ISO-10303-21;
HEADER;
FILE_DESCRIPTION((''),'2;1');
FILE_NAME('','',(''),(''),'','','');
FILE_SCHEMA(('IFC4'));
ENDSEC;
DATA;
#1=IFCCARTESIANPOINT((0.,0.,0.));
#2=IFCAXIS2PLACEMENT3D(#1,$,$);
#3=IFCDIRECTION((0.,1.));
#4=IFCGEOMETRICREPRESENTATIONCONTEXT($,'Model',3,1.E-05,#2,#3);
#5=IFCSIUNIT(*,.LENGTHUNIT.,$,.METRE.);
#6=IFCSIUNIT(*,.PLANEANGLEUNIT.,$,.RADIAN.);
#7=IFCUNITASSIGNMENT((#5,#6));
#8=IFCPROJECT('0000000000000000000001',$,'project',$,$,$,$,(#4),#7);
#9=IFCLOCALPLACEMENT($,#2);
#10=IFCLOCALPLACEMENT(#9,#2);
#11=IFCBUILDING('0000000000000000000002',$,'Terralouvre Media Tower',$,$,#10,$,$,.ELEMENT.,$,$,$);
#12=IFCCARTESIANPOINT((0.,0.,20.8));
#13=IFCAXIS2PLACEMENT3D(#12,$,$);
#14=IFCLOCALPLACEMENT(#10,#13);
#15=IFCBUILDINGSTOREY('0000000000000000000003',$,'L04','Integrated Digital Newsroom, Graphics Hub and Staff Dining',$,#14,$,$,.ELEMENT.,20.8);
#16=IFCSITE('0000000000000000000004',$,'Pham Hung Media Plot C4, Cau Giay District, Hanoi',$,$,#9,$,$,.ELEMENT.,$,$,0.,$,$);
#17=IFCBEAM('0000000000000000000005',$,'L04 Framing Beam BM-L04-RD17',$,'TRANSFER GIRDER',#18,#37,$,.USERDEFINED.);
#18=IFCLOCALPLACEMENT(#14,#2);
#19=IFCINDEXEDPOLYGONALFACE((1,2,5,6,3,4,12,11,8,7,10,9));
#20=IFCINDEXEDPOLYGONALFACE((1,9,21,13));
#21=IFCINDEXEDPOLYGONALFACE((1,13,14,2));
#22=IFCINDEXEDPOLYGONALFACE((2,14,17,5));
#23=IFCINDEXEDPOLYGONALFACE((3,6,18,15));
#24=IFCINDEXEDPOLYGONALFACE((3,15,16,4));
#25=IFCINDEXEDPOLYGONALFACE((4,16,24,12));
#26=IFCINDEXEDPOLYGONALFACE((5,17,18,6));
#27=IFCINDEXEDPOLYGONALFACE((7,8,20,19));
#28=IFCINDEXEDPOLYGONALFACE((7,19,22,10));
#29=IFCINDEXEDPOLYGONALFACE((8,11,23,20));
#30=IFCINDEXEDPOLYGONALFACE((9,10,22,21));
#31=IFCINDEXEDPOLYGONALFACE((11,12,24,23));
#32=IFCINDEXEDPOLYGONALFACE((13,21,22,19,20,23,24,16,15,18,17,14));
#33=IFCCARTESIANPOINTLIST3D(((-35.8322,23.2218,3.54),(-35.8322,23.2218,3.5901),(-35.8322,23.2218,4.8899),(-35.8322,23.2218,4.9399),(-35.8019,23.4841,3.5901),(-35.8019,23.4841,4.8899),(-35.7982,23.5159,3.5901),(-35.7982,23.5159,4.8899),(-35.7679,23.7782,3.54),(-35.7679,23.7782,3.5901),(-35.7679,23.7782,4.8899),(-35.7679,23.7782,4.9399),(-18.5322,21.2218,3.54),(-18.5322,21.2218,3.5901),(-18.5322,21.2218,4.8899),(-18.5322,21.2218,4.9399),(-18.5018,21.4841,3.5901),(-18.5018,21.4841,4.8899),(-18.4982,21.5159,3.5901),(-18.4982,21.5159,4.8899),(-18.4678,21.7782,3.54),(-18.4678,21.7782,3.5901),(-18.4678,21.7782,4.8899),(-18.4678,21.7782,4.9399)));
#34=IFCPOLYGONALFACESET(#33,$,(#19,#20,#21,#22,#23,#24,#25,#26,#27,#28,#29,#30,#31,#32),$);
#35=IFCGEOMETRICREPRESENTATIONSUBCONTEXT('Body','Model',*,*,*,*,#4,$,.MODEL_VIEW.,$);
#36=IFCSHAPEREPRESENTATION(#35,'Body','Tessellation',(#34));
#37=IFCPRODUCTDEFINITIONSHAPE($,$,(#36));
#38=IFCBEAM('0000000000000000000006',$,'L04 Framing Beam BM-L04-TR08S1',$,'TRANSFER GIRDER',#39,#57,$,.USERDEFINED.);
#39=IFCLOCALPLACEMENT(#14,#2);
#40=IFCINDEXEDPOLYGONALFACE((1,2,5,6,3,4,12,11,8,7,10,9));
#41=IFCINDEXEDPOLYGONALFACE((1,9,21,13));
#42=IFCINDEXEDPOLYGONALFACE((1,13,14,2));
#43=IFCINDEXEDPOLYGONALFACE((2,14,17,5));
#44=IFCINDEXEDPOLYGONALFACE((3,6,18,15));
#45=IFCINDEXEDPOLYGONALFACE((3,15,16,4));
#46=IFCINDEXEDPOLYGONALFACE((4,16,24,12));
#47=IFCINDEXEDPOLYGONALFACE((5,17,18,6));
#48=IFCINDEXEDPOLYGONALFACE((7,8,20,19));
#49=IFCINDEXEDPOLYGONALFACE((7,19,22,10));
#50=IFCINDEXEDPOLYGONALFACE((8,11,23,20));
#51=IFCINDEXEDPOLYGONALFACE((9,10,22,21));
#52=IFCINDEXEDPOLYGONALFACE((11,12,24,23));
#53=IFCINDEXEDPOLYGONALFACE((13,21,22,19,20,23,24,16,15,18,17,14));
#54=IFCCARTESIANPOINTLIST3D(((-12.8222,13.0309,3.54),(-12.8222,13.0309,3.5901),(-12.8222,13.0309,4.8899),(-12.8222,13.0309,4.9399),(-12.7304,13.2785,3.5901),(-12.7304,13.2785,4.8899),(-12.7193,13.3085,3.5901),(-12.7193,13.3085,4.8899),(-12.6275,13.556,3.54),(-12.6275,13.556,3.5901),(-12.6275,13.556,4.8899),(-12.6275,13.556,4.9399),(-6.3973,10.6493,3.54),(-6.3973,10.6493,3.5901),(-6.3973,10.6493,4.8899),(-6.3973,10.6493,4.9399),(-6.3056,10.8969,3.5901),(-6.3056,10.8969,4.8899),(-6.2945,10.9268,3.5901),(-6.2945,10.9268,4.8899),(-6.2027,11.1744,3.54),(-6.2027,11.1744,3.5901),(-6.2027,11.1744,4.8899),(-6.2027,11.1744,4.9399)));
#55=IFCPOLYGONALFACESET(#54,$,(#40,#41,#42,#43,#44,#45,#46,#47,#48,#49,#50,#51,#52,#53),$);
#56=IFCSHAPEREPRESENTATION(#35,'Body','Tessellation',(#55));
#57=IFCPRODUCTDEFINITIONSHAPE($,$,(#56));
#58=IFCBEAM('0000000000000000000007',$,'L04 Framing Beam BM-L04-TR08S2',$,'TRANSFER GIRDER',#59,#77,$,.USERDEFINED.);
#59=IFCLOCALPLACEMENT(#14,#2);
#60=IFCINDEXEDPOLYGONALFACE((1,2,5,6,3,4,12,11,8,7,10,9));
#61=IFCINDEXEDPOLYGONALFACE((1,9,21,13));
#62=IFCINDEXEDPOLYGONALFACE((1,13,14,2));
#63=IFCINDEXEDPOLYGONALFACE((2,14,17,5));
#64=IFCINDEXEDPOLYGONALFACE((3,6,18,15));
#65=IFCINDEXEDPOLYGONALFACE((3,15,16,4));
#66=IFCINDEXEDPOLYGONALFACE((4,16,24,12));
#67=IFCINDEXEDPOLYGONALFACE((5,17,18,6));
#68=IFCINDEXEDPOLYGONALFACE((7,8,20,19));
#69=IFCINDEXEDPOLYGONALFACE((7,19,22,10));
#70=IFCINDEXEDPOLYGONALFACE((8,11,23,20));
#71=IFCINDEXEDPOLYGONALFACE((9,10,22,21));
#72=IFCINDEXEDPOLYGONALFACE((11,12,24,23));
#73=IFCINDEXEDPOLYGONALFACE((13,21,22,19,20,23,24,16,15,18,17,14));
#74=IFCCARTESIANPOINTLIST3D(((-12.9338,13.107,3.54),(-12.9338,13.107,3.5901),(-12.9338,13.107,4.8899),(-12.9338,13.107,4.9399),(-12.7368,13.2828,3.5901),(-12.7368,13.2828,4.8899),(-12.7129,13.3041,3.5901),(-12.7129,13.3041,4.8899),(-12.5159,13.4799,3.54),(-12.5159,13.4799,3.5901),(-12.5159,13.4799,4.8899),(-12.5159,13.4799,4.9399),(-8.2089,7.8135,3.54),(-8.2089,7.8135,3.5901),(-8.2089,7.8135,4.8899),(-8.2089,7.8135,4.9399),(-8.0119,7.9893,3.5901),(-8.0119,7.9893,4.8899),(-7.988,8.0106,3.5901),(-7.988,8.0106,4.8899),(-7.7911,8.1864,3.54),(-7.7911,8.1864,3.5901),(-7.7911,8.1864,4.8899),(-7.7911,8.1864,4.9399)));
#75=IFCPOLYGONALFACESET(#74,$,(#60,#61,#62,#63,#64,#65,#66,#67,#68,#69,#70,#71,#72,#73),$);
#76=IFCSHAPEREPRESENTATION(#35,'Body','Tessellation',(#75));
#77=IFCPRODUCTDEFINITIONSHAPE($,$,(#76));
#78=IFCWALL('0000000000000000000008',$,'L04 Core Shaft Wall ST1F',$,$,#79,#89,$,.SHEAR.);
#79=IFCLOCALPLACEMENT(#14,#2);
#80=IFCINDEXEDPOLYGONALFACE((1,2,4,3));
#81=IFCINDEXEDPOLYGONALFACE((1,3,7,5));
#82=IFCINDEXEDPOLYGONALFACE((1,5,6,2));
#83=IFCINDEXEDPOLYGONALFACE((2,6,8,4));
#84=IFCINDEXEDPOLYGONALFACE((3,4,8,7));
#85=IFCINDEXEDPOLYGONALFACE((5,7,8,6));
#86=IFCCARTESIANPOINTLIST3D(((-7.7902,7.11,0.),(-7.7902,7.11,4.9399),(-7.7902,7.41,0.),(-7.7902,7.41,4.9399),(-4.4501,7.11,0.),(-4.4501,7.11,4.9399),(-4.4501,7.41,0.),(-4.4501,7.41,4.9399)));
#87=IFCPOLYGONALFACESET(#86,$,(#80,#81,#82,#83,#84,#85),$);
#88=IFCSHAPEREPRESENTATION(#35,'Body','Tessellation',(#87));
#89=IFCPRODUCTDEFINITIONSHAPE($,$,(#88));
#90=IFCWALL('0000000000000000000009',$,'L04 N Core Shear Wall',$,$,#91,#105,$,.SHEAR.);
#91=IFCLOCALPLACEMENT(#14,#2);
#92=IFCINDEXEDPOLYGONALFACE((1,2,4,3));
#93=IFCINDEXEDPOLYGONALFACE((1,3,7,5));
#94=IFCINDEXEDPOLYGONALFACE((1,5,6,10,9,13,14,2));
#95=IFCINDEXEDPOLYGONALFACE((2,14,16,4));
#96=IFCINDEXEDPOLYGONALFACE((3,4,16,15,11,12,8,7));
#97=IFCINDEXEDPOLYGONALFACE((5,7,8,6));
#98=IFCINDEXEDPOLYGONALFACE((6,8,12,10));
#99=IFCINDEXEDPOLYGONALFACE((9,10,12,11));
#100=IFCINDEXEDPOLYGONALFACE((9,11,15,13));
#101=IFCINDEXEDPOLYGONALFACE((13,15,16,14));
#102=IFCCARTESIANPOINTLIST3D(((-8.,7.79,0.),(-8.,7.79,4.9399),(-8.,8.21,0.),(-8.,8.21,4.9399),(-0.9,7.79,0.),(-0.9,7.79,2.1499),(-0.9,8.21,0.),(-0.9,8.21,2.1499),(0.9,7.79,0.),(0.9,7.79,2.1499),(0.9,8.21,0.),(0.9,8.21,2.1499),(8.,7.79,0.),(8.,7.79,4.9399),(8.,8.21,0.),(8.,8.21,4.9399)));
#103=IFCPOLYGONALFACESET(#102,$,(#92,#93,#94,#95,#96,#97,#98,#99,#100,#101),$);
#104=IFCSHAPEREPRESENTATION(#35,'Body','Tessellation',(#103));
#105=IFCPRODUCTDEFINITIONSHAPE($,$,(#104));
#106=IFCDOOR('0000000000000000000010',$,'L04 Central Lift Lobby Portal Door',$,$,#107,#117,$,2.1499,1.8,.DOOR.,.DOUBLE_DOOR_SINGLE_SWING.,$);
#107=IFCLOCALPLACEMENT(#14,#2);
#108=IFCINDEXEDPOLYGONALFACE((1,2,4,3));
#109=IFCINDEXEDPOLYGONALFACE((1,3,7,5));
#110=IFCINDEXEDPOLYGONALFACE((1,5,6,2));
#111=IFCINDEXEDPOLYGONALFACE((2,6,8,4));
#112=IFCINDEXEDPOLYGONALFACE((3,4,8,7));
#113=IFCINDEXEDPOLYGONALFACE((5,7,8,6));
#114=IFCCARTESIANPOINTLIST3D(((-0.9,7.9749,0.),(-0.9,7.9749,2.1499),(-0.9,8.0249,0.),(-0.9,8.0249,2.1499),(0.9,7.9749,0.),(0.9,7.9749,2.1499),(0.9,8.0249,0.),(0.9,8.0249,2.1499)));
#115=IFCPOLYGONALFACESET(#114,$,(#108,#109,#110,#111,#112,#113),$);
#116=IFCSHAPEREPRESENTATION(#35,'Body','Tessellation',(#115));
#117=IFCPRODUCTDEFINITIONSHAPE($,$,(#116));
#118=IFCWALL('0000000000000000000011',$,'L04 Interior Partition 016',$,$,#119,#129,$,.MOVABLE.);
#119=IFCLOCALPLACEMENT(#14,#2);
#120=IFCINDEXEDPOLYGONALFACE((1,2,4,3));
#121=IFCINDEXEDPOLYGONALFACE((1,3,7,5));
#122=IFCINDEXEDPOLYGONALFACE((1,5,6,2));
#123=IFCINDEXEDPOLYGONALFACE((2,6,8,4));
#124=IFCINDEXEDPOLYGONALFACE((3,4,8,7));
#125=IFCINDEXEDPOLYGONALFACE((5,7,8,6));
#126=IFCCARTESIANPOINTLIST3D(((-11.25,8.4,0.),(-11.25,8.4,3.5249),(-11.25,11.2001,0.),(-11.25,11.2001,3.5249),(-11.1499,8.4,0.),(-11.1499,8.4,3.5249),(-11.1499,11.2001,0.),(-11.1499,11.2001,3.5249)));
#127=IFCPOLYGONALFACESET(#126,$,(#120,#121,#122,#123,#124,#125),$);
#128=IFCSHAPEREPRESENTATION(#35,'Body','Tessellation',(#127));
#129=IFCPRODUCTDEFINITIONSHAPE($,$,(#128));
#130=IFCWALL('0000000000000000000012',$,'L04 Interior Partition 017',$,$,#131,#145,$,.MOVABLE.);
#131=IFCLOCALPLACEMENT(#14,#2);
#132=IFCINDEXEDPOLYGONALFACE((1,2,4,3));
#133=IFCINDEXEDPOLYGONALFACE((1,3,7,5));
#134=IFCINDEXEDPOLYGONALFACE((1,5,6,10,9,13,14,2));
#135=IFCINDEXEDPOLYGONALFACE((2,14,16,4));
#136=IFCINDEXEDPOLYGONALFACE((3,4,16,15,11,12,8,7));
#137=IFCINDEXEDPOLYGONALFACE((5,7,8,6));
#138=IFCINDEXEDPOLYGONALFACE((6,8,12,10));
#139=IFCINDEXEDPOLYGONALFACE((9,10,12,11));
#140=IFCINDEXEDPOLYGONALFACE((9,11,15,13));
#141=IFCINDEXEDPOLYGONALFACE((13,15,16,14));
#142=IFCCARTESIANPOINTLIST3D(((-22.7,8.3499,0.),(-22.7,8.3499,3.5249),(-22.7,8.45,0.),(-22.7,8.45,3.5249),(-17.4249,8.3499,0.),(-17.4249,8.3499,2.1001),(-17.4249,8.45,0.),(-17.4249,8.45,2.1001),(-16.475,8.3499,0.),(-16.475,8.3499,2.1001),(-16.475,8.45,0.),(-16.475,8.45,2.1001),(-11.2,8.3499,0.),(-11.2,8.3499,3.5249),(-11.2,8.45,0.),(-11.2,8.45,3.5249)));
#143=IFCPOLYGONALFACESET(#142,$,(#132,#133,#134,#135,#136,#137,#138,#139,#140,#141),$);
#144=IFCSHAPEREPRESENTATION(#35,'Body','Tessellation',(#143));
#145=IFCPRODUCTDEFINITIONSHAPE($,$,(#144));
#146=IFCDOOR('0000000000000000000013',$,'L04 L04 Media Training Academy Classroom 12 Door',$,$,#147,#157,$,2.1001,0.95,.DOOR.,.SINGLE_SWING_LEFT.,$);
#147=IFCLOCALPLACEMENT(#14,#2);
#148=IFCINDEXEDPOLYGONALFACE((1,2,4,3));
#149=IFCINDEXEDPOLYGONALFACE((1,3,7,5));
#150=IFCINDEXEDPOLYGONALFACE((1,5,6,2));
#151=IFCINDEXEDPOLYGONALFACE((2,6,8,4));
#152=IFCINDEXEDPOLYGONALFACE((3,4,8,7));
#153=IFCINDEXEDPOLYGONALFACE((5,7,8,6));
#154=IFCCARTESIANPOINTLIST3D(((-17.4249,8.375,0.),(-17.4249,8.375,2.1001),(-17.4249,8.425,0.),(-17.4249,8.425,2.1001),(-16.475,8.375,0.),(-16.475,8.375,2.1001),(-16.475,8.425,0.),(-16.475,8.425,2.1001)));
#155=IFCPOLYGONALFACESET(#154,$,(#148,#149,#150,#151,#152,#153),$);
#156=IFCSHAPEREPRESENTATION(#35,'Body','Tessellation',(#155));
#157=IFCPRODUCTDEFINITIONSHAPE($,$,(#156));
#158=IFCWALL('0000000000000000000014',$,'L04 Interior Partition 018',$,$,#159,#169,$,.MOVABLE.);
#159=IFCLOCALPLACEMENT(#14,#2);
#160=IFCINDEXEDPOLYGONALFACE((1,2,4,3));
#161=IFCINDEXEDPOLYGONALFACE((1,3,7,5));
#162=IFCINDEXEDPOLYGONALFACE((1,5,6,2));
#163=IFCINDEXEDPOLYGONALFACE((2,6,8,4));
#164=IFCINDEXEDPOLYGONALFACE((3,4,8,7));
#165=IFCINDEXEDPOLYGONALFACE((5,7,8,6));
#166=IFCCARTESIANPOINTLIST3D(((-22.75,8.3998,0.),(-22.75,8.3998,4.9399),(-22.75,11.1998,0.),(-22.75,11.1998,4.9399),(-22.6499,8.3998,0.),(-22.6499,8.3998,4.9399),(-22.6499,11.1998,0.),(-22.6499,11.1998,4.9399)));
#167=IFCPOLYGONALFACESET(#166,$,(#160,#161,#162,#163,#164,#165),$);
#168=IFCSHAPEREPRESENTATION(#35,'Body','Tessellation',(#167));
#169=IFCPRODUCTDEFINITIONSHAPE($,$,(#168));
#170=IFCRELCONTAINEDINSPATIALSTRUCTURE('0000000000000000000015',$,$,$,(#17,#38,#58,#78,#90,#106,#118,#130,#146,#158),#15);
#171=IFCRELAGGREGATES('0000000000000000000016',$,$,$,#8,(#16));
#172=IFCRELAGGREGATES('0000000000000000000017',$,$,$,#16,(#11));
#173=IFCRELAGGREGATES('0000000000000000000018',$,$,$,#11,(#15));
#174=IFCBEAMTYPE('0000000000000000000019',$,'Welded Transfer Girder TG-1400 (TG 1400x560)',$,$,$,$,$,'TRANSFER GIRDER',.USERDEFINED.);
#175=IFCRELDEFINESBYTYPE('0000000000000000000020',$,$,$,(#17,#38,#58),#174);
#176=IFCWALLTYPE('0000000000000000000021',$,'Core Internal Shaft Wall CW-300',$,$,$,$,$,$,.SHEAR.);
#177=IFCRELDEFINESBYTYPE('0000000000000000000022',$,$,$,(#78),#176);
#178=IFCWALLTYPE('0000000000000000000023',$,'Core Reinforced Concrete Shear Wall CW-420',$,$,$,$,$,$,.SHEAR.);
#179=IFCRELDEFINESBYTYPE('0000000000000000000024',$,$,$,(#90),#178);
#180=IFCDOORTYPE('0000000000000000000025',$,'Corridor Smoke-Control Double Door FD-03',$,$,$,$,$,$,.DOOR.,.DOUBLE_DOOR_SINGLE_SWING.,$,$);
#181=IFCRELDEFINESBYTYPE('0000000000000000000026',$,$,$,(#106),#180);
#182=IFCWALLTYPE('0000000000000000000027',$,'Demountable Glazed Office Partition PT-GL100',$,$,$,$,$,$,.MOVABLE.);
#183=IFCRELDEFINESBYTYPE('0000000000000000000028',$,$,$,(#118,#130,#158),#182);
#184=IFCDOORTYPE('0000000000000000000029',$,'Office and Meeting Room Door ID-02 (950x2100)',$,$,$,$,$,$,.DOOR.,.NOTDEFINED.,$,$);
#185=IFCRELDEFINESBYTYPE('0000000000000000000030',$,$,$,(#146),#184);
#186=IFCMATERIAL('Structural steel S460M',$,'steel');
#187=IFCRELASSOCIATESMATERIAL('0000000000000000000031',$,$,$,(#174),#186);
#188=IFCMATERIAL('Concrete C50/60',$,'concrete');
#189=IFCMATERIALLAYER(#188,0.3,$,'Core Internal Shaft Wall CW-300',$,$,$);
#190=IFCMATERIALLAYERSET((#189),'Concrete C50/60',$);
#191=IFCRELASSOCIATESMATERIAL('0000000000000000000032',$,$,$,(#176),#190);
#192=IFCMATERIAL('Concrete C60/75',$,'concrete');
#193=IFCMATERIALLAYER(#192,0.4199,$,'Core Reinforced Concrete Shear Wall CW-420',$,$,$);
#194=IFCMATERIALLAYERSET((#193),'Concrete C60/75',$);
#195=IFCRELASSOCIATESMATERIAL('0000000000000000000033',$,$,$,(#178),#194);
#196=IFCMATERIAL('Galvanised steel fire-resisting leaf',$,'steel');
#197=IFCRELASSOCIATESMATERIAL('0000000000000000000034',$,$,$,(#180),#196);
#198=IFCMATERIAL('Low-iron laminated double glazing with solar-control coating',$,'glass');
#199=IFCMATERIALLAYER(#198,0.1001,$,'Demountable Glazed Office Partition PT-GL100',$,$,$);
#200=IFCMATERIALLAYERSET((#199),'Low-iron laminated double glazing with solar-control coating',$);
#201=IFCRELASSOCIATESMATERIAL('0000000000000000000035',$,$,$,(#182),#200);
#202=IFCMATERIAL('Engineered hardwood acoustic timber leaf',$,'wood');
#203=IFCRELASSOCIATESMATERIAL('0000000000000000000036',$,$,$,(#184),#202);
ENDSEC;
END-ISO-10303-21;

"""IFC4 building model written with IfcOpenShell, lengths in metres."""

from ifc_helpers import new_model, si_unit, direction, frame, frame_2d, origin, origin_2d, place, context, subcontext, project, spatial, rectangle, i_section, extrude, material, layer, layer_set, material_profile, profile_set, type_object, element, fill, save


model = new_model("IFC4")

# Units and contexts
model_context = context("Model", 3, precision=1e-05, world=origin(), true_north=direction((0.0, 1.0)))
body_context = subcontext(model_context, "Body", "Model", "MODEL_VIEW")
ifc_project = project(units=[si_unit("LENGTHUNIT", "METRE"), si_unit("PLANEANGLEUNIT", "RADIAN")], contexts=[model_context])

# Site, building, storey
site_placement = place(None, origin())
site = spatial("IfcSite", under=ifc_project, at=site_placement, Name="Pham Hung Media Plot C4, Cau Giay District, Hanoi", CompositionType="ELEMENT", RefElevation=0.0)
building_placement = place(site_placement, origin())
building = spatial("IfcBuilding", under=site, at=building_placement, Name="Terralouvre Media Tower", CompositionType="ELEMENT")
storey_placement = place(building_placement, frame((0.0, 0.0, 20.8)))
storey = spatial("IfcBuildingStorey", under=building, at=storey_placement, Name="L04", Description="Integrated Digital Newsroom, Graphics Hub and Staff Dining", CompositionType="ELEMENT", Elevation=20.8)

# Beams
ifc_material_1 = material(Name="Structural steel S460M", Category="steel")
ifc_material_profile_1 = material_profile(ifc_material_1, i_section(OverallWidth=0.5601, OverallDepth=1.3999, WebThickness=0.032, FlangeThickness=0.05, at=origin_2d()), Name="TG 1400x560")
ifc_profile_set_1 = profile_set([ifc_material_profile_1], Name="Structural steel S460M")
beam_type_1 = type_object("IfcBeamType", Name="Welded Transfer Girder TG-1400 (TG 1400x560)", ElementType="TRANSFER GIRDER", PredefinedType="USERDEFINED", material=ifc_profile_set_1)
beam_1_placement = place(storey_placement, frame((-18.5, 21.5, 4.24), z_axis=(-0.993384, 0.114842, 0.0), x_axis=(-0.114842, -0.993384, 0.0)))
element("IfcBeam", 1, at=beam_1_placement, inside=storey, type_object=beam_type_1, Name="L04 Framing Beam BM-L04-RD17", ObjectType="TRANSFER GIRDER", PredefinedType="USERDEFINED", context=body_context, shape_type="SweptSolid", body=[
    extrude(i_section(OverallWidth=0.5601, OverallDepth=1.3999, WebThickness=0.032, FlangeThickness=0.05, at=origin_2d()), origin(), (0.0, 0.0, 1.0), 17.4153),
])
beam_2_placement = place(storey_placement, frame((-12.7249, 13.2935, 4.24), z_axis=(0.937652, -0.347575, 0.0), x_axis=(0.347575, 0.937652, 0.0)))
element("IfcBeam", 2, at=beam_2_placement, inside=storey, type_object=beam_type_1, Name="L04 Framing Beam BM-L04-TR08S1", ObjectType="TRANSFER GIRDER", PredefinedType="USERDEFINED", context=body_context, shape_type="SweptSolid", body=[
    extrude(i_section(OverallWidth=0.5601, OverallDepth=1.3999, WebThickness=0.032, FlangeThickness=0.05, at=origin_2d()), origin(), (0.0, 0.0, 1.0), 6.8521),
])
beam_3_placement = place(storey_placement, frame((-12.7249, 13.2935, 4.24), z_axis=(0.665902, -0.746039, 0.0), x_axis=(0.746039, 0.665902, 0.0)))
element("IfcBeam", 3, at=beam_3_placement, inside=storey, type_object=beam_type_1, Name="L04 Framing Beam BM-L04-TR08S2", ObjectType="TRANSFER GIRDER", PredefinedType="USERDEFINED", context=body_context, shape_type="SweptSolid", body=[
    extrude(i_section(OverallWidth=0.5601, OverallDepth=1.3999, WebThickness=0.032, FlangeThickness=0.05, at=origin_2d()), origin(), (0.0, 0.0, 1.0), 7.0955),
])

# Wall
ifc_material_2 = material(Name="Concrete C50/60", Category="concrete")
ifc_layer_1 = layer(ifc_material_2, 0.3, Name="Core Internal Shaft Wall CW-300")
ifc_layer_set_1 = layer_set([ifc_layer_1], Name="Concrete C50/60")
wall_type_1 = type_object("IfcWallType", Name="Core Internal Shaft Wall CW-300", PredefinedType="SHEAR", material=ifc_layer_set_1)
wall_1_placement = place(storey_placement, frame((-7.79, 7.26, 0.0), z_axis=(0.0, 0.0, 1.0), x_axis=(1.0, 0.0, 0.0)))
element("IfcWall", 4, at=wall_1_placement, inside=storey, type_object=wall_type_1, Name="L04 Core Shaft Wall ST1F", PredefinedType="SHEAR", context=body_context, shape_type="SweptSolid", body=[
    extrude(rectangle(XDim=3.3401, YDim=0.3, at=frame_2d((1.6699, 0.0))), origin(), (0.0, 0.0, 1.0), 4.9399),
])

# Wall, opening, door
ifc_material_3 = material(Name="Concrete C60/75", Category="concrete")
ifc_layer_2 = layer(ifc_material_3, 0.4199, Name="Core Reinforced Concrete Shear Wall CW-420")
ifc_layer_set_2 = layer_set([ifc_layer_2], Name="Concrete C60/75")
wall_type_2 = type_object("IfcWallType", Name="Core Reinforced Concrete Shear Wall CW-420", PredefinedType="SHEAR", material=ifc_layer_set_2)
wall_2_placement = place(storey_placement, frame((-8.0, 8.0, 0.0), z_axis=(0.0, 0.0, 1.0), x_axis=(1.0, 0.0, 0.0)))
wall_2 = element("IfcWall", 5, at=wall_2_placement, inside=storey, type_object=wall_type_2, Name="L04 N Core Shear Wall", PredefinedType="SHEAR", context=body_context, shape_type="SweptSolid", body=[
    extrude(rectangle(XDim=16.0, YDim=0.4199, at=frame_2d((8.0, 0.0))), origin(), (0.0, 0.0, 1.0), 4.9399),
])
opening_1_placement = place(wall_2_placement, frame((7.1001, 0.0, 0.0)))
opening_1 = element("IfcOpeningElement", 6, at=opening_1_placement, cuts=wall_2, PredefinedType="OPENING", context=body_context, shape_type="SweptSolid", body=[
    extrude(rectangle(XDim=1.8, YDim=2.1499, at=frame_2d((0.8999, 1.075))), frame((0.0, 0.22, 0.0), z_axis=(0.0, -1.0, 0.0), x_axis=(1.0, 0.0, 0.0)), (0.0, 0.0, 1.0), 0.4399),
])
ifc_material_4 = material(Name="Galvanised steel fire-resisting leaf", Category="steel")
door_type_1 = type_object("IfcDoorType", Name="Corridor Smoke-Control Double Door FD-03", OperationType="DOUBLE_DOOR_SINGLE_SWING", PredefinedType="DOOR", material=ifc_material_4)
door_1_placement = place(opening_1_placement, origin())
door_1 = element("IfcDoor", 7, at=door_1_placement, inside=storey, type_object=door_type_1, Name="L04 Central Lift Lobby Portal Door", OperationType="DOUBLE_DOOR_SINGLE_SWING", OverallHeight=2.1499, OverallWidth=1.8, PredefinedType="DOOR", context=body_context, shape_type="SweptSolid", body=[
    extrude(rectangle(XDim=1.8, YDim=2.1499, at=frame_2d((0.8999, 1.075))), frame((0.0, 0.0249, 0.0), z_axis=(0.0, -1.0, 0.0), x_axis=(1.0, 0.0, 0.0)), (0.0, 0.0, 1.0), 0.05),
])
fill(opening_1, door_1)

# Wall
ifc_material_5 = material(Name="Low-iron laminated double glazing with solar-control coating", Category="glass")
ifc_layer_3 = layer(ifc_material_5, 0.1001, Name="Demountable Glazed Office Partition PT-GL100")
ifc_layer_set_3 = layer_set([ifc_layer_3], Name="Low-iron laminated double glazing with solar-control coating")
wall_type_3 = type_object("IfcWallType", Name="Demountable Glazed Office Partition PT-GL100", PredefinedType="MOVABLE", material=ifc_layer_set_3)
wall_3_placement = place(storey_placement, frame((-11.2, 11.2, 0.0), z_axis=(0.0, 0.0, 1.0), x_axis=(0.0, -1.0, 0.0)))
element("IfcWall", 8, at=wall_3_placement, inside=storey, type_object=wall_type_3, Name="L04 Interior Partition 016", PredefinedType="MOVABLE", context=body_context, shape_type="SweptSolid", body=[
    extrude(rectangle(XDim=2.8, YDim=0.1001, at=frame_2d((1.3999, 0.0))), origin(), (0.0, 0.0, 1.0), 3.5249),
])

# Wall, opening, door
wall_4_placement = place(storey_placement, frame((-11.2, 8.3999, 0.0), z_axis=(0.0, 0.0, 1.0), x_axis=(-1.0, 0.0, 0.0)))
wall_4 = element("IfcWall", 9, at=wall_4_placement, inside=storey, type_object=wall_type_3, Name="L04 Interior Partition 017", PredefinedType="MOVABLE", context=body_context, shape_type="SweptSolid", body=[
    extrude(rectangle(XDim=11.5, YDim=0.1001, at=frame_2d((5.75, 0.0))), origin(), (0.0, 0.0, 1.0), 3.5249),
])
opening_2_placement = place(wall_4_placement, frame((5.2749, 0.0, 0.0)))
opening_2 = element("IfcOpeningElement", 10, at=opening_2_placement, cuts=wall_4, PredefinedType="OPENING", context=body_context, shape_type="SweptSolid", body=[
    extrude(rectangle(XDim=0.95, YDim=2.1001, at=frame_2d((0.4751, 1.05))), frame((0.0, 0.0601, 0.0), z_axis=(0.0, -1.0, 0.0), x_axis=(1.0, 0.0, 0.0)), (0.0, 0.0, 1.0), 0.1201),
])
ifc_material_6 = material(Name="Engineered hardwood acoustic timber leaf", Category="wood")
door_type_2 = type_object("IfcDoorType", Name="Office and Meeting Room Door ID-02 (950x2100)", OperationType="NOTDEFINED", PredefinedType="DOOR", material=ifc_material_6)
door_2_placement = place(opening_2_placement, origin())
door_2 = element("IfcDoor", 11, at=door_2_placement, inside=storey, type_object=door_type_2, Name="L04 L04 Media Training Academy Classroom 12 Door", OperationType="SINGLE_SWING_LEFT", OverallHeight=2.1001, OverallWidth=0.95, PredefinedType="DOOR", context=body_context, shape_type="SweptSolid", body=[
    extrude(rectangle(XDim=0.95, YDim=2.1001, at=frame_2d((0.4751, 1.05))), frame((0.0, 0.0249, 0.0), z_axis=(0.0, -1.0, 0.0), x_axis=(1.0, 0.0, 0.0)), (0.0, 0.0, 1.0), 0.05),
])
fill(opening_2, door_2)

# Wall
wall_5_placement = place(storey_placement, frame((-22.7, 8.3999, 0.0), z_axis=(0.0, 0.0, 1.0), x_axis=(0.0, 1.0, 0.0)))
element("IfcWall", 12, at=wall_5_placement, inside=storey, type_object=wall_type_3, Name="L04 Interior Partition 018", PredefinedType="MOVABLE", context=body_context, shape_type="SweptSolid", body=[
    extrude(rectangle(XDim=2.8, YDim=0.1001, at=frame_2d((1.3999, 0.0))), origin(), (0.0, 0.0, 1.0), 4.9399),
])

save(model, "model.ifc")
